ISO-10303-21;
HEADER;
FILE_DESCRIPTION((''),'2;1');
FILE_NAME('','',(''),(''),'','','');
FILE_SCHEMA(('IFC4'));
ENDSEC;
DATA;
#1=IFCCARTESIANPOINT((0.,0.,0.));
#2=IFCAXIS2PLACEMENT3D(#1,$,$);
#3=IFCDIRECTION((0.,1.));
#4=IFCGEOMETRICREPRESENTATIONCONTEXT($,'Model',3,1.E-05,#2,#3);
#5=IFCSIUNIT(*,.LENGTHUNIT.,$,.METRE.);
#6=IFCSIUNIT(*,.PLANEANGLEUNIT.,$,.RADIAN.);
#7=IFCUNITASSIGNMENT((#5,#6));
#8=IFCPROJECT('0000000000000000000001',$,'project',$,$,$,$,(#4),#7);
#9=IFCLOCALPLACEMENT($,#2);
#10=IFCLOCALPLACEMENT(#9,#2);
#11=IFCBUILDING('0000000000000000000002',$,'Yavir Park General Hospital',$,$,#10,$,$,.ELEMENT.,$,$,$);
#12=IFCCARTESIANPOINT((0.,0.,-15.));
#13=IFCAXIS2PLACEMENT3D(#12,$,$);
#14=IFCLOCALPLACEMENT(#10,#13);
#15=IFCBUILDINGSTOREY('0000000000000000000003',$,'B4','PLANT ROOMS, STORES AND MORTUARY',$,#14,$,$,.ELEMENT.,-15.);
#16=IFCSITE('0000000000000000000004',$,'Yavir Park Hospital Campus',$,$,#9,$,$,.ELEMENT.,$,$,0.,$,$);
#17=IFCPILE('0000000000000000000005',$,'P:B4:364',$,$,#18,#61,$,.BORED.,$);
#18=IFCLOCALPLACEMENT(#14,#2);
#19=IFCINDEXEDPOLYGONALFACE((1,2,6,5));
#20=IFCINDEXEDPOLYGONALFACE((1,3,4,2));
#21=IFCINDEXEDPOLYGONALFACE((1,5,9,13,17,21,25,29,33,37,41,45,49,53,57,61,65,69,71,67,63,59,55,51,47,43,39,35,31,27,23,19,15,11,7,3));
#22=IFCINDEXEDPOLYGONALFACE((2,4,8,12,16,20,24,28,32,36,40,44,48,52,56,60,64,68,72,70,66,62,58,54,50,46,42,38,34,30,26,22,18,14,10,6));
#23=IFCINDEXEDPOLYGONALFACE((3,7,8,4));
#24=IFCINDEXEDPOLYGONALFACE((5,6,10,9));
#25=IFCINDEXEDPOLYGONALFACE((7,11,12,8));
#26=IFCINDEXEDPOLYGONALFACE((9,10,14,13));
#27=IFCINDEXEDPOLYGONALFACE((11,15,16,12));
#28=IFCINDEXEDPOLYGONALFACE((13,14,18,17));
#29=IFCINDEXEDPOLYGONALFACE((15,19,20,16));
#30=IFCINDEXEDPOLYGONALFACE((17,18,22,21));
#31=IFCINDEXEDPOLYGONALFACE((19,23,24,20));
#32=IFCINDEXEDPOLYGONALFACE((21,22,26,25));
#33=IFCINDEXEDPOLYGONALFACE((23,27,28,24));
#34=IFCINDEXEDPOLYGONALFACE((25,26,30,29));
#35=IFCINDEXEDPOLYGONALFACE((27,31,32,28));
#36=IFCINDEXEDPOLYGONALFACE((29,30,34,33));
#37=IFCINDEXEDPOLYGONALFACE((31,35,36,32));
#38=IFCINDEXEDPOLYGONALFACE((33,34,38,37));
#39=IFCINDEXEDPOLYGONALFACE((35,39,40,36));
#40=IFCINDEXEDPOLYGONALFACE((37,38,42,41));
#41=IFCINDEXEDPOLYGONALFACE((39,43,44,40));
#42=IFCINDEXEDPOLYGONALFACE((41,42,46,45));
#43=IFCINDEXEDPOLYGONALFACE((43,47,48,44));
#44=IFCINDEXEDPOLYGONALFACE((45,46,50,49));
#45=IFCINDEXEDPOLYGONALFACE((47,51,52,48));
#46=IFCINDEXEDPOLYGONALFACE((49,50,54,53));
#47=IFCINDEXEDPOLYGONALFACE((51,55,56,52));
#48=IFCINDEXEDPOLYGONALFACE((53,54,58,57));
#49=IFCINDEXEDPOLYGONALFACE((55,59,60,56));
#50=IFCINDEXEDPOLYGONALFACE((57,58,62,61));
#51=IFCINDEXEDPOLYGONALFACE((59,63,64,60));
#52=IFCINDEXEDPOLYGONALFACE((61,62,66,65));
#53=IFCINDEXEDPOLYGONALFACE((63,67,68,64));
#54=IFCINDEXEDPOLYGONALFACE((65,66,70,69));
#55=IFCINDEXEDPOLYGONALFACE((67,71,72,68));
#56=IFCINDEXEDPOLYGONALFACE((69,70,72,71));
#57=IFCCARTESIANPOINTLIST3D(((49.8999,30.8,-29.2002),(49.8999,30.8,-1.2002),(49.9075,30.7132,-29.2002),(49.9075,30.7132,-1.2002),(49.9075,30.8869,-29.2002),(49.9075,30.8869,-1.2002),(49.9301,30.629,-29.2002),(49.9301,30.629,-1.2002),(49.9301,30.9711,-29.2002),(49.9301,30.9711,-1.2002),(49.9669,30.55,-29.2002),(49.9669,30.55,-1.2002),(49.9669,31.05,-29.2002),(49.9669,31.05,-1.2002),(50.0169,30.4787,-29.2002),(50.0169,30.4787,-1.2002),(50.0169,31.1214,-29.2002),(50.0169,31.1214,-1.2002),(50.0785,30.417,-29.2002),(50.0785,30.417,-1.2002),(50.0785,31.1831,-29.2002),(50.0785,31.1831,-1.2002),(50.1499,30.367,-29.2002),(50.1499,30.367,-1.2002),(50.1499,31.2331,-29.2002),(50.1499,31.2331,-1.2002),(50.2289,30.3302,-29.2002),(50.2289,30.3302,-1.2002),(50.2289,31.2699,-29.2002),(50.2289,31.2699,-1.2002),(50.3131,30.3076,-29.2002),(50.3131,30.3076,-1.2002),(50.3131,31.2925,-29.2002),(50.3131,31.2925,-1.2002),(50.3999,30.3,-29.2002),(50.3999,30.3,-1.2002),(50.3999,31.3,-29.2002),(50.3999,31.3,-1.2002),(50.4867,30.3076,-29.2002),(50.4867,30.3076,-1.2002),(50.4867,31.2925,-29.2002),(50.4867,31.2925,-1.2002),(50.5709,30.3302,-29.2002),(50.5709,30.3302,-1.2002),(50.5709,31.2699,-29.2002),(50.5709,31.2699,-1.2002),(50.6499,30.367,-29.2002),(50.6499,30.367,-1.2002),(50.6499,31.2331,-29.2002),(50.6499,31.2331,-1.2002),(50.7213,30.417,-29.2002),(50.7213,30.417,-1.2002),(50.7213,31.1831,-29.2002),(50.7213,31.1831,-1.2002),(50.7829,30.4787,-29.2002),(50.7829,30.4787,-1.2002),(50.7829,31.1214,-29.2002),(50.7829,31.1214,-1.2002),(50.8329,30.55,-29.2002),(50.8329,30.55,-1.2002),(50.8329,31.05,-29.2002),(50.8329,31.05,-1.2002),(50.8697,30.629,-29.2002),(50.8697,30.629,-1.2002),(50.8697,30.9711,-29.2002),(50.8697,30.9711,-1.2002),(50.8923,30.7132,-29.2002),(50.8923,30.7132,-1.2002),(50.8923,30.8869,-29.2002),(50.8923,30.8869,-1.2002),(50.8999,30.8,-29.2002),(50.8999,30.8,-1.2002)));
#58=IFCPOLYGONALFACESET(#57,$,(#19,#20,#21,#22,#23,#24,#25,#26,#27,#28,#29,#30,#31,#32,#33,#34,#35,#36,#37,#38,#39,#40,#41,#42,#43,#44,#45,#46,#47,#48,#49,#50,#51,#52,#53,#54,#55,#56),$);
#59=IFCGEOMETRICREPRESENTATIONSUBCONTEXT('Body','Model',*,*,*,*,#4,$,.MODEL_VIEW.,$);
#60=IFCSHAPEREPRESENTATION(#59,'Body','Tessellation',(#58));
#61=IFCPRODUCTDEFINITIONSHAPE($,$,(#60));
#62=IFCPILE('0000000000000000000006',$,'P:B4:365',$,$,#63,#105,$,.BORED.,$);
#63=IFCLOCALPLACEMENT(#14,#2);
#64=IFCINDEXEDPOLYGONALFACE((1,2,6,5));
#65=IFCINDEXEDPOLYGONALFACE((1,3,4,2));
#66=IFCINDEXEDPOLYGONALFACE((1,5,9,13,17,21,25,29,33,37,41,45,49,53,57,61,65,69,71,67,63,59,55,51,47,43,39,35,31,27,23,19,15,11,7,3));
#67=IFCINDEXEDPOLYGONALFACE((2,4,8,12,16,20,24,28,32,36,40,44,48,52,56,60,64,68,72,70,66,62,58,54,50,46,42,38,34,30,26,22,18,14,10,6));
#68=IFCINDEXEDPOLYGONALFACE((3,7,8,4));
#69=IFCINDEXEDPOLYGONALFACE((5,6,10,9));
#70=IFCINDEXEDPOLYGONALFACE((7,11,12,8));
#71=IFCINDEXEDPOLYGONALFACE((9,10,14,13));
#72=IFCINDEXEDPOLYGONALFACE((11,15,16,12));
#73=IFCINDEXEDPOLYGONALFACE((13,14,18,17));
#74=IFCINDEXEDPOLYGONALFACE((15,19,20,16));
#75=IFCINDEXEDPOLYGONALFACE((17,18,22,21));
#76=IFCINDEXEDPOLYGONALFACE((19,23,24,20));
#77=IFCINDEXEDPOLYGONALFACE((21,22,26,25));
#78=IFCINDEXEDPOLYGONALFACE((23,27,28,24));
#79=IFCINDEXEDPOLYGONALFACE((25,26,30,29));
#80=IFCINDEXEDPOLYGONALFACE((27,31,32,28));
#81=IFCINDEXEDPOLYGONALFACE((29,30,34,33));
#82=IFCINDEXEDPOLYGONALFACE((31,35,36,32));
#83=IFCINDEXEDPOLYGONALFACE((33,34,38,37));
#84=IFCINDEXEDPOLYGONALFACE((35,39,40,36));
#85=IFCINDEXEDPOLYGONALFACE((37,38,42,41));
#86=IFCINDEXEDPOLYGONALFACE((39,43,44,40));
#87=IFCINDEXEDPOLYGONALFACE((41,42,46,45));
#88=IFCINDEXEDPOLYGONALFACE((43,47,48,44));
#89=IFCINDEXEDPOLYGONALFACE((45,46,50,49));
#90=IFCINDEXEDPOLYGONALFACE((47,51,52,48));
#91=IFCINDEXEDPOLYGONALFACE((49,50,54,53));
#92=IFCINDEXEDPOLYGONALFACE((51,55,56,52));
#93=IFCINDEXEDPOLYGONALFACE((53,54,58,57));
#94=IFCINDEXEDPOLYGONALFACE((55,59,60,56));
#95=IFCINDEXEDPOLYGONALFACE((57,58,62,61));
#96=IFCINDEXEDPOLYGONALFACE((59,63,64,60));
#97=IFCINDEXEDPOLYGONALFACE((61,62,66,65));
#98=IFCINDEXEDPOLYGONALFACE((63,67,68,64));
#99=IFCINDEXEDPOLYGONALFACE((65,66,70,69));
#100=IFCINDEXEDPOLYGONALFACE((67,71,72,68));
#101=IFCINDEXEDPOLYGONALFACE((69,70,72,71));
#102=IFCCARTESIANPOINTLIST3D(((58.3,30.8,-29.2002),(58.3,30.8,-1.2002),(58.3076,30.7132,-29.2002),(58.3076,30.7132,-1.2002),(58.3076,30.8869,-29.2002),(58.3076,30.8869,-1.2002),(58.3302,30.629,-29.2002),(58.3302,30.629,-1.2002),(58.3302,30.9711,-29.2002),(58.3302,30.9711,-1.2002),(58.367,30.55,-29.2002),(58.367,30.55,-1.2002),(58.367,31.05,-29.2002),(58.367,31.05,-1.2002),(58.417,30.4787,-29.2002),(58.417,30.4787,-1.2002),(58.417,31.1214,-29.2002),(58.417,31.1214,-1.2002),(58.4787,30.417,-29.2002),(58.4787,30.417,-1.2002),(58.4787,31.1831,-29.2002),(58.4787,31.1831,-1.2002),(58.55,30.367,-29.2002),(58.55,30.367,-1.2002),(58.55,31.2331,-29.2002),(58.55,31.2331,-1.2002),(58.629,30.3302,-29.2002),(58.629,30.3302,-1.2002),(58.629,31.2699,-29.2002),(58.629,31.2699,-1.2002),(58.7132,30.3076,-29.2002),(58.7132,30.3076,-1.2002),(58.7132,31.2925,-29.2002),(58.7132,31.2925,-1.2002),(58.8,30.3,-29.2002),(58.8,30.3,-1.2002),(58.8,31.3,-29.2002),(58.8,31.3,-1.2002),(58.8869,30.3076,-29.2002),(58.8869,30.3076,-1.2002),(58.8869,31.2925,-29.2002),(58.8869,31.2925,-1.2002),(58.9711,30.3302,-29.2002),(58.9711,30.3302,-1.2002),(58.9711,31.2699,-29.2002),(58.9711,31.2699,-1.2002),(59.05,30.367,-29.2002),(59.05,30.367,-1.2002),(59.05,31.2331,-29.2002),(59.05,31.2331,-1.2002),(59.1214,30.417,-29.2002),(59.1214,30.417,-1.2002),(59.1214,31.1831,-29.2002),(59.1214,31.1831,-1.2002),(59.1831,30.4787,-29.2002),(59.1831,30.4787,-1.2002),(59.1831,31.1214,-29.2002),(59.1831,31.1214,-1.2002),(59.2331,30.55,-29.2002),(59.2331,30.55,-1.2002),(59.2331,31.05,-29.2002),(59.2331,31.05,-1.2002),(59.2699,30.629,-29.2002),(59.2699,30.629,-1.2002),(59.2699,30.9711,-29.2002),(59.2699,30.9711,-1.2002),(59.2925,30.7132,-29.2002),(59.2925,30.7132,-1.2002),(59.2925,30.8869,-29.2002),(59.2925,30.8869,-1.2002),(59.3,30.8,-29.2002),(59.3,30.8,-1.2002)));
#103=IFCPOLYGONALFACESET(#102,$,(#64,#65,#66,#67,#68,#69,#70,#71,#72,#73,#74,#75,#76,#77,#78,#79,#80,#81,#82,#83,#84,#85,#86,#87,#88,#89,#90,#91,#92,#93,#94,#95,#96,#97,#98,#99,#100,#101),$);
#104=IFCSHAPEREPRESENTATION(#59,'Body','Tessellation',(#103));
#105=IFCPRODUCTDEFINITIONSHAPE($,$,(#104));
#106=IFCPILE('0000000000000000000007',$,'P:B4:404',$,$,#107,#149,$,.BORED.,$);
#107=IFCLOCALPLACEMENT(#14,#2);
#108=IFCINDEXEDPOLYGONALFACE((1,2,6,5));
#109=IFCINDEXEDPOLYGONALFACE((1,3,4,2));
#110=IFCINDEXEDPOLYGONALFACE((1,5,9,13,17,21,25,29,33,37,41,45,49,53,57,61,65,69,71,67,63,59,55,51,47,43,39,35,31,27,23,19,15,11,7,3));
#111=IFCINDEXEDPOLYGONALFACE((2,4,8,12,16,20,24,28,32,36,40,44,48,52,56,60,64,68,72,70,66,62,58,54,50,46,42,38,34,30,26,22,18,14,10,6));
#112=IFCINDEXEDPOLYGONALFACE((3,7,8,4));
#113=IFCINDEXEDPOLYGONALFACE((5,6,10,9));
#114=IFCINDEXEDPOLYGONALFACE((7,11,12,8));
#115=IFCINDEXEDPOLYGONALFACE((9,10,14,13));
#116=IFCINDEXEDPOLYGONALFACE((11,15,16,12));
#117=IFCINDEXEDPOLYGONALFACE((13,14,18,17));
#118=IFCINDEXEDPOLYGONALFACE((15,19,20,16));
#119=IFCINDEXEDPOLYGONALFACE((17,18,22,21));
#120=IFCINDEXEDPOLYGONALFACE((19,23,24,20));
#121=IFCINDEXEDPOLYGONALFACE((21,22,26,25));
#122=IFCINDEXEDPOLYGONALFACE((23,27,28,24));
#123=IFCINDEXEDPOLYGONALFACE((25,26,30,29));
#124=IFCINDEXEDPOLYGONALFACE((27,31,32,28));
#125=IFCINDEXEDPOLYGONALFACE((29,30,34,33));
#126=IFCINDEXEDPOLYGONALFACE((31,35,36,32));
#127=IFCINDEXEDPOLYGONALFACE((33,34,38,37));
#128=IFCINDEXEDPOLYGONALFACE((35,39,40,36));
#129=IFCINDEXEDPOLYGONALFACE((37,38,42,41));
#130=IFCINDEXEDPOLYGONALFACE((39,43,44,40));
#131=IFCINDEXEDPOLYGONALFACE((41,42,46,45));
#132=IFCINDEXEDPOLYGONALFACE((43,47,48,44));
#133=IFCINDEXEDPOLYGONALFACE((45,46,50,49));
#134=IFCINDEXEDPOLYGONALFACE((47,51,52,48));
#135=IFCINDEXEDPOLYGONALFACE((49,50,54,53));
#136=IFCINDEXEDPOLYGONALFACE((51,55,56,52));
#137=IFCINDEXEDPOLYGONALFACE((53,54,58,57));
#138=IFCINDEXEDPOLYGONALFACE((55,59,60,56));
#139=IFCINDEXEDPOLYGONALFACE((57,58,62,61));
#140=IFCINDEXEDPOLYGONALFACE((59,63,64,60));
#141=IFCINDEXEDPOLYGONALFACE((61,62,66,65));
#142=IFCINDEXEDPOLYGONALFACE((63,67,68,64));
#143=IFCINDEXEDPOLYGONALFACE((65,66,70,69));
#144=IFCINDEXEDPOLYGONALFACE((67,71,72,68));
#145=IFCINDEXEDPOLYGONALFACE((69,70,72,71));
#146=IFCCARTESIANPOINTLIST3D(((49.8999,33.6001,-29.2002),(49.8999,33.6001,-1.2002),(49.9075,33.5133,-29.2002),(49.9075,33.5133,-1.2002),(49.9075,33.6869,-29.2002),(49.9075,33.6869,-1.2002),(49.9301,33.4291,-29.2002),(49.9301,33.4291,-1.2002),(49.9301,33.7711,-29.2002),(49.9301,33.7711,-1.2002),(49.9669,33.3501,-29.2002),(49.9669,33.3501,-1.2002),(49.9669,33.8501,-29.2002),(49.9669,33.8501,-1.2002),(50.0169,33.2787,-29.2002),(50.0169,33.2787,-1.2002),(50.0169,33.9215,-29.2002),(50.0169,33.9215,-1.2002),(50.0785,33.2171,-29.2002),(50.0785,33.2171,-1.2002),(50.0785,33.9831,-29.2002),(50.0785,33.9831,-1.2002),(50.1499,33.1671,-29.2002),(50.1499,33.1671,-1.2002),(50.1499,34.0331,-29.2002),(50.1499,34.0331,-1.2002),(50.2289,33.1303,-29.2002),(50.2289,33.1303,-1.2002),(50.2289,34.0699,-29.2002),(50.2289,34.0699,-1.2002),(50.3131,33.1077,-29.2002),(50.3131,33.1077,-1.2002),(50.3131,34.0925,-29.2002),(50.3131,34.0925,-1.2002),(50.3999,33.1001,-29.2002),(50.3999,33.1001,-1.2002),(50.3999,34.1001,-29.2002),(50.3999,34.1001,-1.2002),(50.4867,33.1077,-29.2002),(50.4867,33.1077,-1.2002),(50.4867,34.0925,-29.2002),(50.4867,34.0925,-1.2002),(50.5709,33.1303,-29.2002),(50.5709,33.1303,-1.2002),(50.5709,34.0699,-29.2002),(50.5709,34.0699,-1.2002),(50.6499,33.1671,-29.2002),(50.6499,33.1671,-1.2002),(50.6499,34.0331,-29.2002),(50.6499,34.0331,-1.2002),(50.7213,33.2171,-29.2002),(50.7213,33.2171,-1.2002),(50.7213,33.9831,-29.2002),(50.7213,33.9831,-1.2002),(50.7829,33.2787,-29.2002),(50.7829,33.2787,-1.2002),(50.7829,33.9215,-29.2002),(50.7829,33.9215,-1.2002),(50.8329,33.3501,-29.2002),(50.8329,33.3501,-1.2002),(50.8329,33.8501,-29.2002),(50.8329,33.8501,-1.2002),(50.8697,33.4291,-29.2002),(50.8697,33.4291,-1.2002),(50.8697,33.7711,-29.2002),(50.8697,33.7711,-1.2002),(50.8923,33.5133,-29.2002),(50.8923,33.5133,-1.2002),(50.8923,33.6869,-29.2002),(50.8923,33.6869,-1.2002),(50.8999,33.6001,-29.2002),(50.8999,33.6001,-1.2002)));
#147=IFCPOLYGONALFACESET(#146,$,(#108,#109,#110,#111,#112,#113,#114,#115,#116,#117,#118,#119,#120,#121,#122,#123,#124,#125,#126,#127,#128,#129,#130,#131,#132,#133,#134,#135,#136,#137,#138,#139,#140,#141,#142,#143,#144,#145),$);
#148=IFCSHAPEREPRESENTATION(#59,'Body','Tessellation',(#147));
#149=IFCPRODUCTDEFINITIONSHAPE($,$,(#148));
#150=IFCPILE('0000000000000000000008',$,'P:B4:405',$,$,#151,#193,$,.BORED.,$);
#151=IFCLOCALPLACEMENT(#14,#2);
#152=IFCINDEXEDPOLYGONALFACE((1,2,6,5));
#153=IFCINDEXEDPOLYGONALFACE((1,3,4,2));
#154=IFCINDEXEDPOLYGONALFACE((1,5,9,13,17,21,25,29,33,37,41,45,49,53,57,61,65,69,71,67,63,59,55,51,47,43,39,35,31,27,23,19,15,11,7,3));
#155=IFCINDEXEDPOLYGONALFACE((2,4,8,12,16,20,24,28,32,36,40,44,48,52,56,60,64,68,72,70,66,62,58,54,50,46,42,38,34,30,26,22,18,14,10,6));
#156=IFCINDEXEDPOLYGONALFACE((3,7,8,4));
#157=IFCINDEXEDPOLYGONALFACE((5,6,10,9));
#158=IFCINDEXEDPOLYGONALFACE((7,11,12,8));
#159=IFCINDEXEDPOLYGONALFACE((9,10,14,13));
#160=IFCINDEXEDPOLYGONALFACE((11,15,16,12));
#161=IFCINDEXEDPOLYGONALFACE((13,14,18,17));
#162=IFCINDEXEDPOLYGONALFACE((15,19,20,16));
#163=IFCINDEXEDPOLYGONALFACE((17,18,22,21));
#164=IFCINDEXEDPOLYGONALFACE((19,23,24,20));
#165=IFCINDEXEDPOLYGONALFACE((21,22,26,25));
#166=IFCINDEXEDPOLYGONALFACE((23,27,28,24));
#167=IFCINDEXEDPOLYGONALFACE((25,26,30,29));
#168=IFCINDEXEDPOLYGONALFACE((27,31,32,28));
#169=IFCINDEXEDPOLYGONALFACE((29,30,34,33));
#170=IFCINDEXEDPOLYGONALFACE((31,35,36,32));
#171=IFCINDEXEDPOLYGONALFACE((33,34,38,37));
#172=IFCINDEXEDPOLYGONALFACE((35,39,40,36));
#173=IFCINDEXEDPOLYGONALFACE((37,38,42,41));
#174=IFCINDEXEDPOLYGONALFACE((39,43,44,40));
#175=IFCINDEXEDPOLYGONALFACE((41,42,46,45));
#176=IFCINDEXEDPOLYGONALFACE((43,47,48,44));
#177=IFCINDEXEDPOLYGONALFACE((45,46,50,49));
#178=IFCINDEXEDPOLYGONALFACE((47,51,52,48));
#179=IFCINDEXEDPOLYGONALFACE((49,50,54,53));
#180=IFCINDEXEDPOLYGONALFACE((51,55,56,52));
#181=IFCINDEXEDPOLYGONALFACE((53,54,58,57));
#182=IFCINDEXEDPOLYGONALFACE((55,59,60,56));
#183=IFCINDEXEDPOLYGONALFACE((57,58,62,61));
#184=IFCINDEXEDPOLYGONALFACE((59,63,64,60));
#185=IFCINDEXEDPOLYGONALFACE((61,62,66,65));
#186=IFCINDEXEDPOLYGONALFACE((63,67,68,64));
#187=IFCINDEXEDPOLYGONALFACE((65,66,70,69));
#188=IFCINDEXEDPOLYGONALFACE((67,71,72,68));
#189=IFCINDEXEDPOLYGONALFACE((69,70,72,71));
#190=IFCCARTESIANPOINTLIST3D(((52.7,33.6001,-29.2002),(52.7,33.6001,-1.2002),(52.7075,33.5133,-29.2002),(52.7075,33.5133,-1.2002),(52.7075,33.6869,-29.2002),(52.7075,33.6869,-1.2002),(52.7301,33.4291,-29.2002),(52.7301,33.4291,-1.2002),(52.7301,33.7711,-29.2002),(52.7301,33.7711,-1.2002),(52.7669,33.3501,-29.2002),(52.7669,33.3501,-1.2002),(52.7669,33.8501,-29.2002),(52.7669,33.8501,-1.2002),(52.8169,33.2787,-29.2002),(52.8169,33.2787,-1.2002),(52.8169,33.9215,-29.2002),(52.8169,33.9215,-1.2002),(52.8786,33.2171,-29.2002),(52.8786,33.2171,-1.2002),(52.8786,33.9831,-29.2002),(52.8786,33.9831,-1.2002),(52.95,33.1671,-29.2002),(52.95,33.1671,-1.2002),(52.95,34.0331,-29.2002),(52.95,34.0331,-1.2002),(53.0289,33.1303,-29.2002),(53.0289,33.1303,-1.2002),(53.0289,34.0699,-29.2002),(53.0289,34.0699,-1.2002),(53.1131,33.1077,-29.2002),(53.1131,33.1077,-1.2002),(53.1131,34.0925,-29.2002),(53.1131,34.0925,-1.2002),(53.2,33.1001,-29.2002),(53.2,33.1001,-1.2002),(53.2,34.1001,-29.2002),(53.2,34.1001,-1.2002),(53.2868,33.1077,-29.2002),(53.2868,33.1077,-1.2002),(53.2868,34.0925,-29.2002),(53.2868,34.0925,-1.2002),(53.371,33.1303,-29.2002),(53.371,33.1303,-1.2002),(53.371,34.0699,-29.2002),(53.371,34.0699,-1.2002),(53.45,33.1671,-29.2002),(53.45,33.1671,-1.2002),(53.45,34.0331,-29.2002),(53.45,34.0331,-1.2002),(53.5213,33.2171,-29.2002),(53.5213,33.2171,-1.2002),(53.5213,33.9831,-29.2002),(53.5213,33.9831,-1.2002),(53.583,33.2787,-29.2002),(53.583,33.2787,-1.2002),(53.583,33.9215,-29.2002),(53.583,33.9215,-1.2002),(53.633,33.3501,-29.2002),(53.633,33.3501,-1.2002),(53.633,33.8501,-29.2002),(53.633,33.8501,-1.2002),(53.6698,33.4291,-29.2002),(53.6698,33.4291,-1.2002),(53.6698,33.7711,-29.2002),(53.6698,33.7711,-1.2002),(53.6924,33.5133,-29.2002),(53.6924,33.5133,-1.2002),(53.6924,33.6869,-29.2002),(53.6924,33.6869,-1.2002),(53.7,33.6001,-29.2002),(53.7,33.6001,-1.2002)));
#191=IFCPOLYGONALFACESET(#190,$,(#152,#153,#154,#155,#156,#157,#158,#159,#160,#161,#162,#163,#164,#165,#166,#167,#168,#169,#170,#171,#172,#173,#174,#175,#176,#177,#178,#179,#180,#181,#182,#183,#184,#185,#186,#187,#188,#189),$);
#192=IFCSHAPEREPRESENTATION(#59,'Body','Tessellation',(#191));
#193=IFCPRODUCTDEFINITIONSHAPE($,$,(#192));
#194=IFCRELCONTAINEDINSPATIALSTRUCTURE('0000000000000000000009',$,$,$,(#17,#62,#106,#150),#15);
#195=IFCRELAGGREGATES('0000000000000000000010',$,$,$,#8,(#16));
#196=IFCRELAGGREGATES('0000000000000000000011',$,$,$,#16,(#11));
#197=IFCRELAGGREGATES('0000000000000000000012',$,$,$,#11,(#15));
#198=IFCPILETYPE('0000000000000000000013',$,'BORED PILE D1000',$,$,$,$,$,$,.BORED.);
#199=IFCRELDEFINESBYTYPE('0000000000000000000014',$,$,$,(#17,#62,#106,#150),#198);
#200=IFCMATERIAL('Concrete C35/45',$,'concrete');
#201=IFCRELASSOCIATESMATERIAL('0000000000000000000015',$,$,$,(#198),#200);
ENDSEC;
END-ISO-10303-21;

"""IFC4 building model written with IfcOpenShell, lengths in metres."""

from ifc_helpers import new_model, si_unit, direction, frame, origin, origin_2d, place, context, subcontext, project, spatial, circle, extrude, material, material_profile, profile_set, type_object, element, save


model = new_model("IFC4")

# Units and contexts
model_context = context("Model", 3, precision=1e-05, world=origin(), true_north=direction((0.0, 1.0)))
body_context = subcontext(model_context, "Body", "Model", "MODEL_VIEW")
ifc_project = project(units=[si_unit("LENGTHUNIT", "METRE"), si_unit("PLANEANGLEUNIT", "RADIAN")], contexts=[model_context])

# Site, building, storey
site_placement = place(None, origin())
site = spatial("IfcSite", under=ifc_project, at=site_placement, Name="Yavir Park Hospital Campus", CompositionType="ELEMENT", RefElevation=0.0)
building_placement = place(site_placement, origin())
building = spatial("IfcBuilding", under=site, at=building_placement, Name="Yavir Park General Hospital", CompositionType="ELEMENT")
storey_placement = place(building_placement, frame((0.0, 0.0, -15.0)))
storey = spatial("IfcBuildingStorey", under=building, at=storey_placement, Name="B4", Description="PLANT ROOMS, STORES AND MORTUARY", CompositionType="ELEMENT", Elevation=-15.0)

# Piles
ifc_material_1 = material(Name="Concrete C35/45", Category="concrete")
ifc_material_profile = material_profile(ifc_material_1, circle(Radius=0.5, at=origin_2d()), Name="D1000")
ifc_profile_set = profile_set([ifc_material_profile], Name="Concrete C35/45")
pile_type = type_object("IfcPileType", Name="BORED PILE D1000", PredefinedType="BORED", material=ifc_profile_set)
for number, where, z_axis, x_axis, name in (
    (1, (50.3999, 30.8, -1.2002), (0.0, 0.0, -1.0), (1.0, 0.0, 0.0), "P:B4:364"),
    (2, (58.8, 30.8, -1.2002), (0.0, 0.0, -1.0), (1.0, 0.0, 0.0), "P:B4:365"),
    (3, (50.3999, 33.6001, -1.2002), (0.0, 0.0, -1.0), (1.0, 0.0, 0.0), "P:B4:404"),
    (4, (53.2, 33.6001, -1.2002), (0.0, 0.0, -1.0), (1.0, 0.0, 0.0), "P:B4:405"),
):
    element("IfcPile", number, at=place(storey_placement, frame(where, z_axis=z_axis, x_axis=x_axis)), inside=storey, type_object=pile_type, Name=name, PredefinedType="BORED", context=body_context, shape_type="SweptSolid", body=[
        extrude(circle(Radius=0.5, at=origin_2d()), origin(), (0.0, 0.0, 1.0), 28.0),
    ])

save(model, "model.ifc")
